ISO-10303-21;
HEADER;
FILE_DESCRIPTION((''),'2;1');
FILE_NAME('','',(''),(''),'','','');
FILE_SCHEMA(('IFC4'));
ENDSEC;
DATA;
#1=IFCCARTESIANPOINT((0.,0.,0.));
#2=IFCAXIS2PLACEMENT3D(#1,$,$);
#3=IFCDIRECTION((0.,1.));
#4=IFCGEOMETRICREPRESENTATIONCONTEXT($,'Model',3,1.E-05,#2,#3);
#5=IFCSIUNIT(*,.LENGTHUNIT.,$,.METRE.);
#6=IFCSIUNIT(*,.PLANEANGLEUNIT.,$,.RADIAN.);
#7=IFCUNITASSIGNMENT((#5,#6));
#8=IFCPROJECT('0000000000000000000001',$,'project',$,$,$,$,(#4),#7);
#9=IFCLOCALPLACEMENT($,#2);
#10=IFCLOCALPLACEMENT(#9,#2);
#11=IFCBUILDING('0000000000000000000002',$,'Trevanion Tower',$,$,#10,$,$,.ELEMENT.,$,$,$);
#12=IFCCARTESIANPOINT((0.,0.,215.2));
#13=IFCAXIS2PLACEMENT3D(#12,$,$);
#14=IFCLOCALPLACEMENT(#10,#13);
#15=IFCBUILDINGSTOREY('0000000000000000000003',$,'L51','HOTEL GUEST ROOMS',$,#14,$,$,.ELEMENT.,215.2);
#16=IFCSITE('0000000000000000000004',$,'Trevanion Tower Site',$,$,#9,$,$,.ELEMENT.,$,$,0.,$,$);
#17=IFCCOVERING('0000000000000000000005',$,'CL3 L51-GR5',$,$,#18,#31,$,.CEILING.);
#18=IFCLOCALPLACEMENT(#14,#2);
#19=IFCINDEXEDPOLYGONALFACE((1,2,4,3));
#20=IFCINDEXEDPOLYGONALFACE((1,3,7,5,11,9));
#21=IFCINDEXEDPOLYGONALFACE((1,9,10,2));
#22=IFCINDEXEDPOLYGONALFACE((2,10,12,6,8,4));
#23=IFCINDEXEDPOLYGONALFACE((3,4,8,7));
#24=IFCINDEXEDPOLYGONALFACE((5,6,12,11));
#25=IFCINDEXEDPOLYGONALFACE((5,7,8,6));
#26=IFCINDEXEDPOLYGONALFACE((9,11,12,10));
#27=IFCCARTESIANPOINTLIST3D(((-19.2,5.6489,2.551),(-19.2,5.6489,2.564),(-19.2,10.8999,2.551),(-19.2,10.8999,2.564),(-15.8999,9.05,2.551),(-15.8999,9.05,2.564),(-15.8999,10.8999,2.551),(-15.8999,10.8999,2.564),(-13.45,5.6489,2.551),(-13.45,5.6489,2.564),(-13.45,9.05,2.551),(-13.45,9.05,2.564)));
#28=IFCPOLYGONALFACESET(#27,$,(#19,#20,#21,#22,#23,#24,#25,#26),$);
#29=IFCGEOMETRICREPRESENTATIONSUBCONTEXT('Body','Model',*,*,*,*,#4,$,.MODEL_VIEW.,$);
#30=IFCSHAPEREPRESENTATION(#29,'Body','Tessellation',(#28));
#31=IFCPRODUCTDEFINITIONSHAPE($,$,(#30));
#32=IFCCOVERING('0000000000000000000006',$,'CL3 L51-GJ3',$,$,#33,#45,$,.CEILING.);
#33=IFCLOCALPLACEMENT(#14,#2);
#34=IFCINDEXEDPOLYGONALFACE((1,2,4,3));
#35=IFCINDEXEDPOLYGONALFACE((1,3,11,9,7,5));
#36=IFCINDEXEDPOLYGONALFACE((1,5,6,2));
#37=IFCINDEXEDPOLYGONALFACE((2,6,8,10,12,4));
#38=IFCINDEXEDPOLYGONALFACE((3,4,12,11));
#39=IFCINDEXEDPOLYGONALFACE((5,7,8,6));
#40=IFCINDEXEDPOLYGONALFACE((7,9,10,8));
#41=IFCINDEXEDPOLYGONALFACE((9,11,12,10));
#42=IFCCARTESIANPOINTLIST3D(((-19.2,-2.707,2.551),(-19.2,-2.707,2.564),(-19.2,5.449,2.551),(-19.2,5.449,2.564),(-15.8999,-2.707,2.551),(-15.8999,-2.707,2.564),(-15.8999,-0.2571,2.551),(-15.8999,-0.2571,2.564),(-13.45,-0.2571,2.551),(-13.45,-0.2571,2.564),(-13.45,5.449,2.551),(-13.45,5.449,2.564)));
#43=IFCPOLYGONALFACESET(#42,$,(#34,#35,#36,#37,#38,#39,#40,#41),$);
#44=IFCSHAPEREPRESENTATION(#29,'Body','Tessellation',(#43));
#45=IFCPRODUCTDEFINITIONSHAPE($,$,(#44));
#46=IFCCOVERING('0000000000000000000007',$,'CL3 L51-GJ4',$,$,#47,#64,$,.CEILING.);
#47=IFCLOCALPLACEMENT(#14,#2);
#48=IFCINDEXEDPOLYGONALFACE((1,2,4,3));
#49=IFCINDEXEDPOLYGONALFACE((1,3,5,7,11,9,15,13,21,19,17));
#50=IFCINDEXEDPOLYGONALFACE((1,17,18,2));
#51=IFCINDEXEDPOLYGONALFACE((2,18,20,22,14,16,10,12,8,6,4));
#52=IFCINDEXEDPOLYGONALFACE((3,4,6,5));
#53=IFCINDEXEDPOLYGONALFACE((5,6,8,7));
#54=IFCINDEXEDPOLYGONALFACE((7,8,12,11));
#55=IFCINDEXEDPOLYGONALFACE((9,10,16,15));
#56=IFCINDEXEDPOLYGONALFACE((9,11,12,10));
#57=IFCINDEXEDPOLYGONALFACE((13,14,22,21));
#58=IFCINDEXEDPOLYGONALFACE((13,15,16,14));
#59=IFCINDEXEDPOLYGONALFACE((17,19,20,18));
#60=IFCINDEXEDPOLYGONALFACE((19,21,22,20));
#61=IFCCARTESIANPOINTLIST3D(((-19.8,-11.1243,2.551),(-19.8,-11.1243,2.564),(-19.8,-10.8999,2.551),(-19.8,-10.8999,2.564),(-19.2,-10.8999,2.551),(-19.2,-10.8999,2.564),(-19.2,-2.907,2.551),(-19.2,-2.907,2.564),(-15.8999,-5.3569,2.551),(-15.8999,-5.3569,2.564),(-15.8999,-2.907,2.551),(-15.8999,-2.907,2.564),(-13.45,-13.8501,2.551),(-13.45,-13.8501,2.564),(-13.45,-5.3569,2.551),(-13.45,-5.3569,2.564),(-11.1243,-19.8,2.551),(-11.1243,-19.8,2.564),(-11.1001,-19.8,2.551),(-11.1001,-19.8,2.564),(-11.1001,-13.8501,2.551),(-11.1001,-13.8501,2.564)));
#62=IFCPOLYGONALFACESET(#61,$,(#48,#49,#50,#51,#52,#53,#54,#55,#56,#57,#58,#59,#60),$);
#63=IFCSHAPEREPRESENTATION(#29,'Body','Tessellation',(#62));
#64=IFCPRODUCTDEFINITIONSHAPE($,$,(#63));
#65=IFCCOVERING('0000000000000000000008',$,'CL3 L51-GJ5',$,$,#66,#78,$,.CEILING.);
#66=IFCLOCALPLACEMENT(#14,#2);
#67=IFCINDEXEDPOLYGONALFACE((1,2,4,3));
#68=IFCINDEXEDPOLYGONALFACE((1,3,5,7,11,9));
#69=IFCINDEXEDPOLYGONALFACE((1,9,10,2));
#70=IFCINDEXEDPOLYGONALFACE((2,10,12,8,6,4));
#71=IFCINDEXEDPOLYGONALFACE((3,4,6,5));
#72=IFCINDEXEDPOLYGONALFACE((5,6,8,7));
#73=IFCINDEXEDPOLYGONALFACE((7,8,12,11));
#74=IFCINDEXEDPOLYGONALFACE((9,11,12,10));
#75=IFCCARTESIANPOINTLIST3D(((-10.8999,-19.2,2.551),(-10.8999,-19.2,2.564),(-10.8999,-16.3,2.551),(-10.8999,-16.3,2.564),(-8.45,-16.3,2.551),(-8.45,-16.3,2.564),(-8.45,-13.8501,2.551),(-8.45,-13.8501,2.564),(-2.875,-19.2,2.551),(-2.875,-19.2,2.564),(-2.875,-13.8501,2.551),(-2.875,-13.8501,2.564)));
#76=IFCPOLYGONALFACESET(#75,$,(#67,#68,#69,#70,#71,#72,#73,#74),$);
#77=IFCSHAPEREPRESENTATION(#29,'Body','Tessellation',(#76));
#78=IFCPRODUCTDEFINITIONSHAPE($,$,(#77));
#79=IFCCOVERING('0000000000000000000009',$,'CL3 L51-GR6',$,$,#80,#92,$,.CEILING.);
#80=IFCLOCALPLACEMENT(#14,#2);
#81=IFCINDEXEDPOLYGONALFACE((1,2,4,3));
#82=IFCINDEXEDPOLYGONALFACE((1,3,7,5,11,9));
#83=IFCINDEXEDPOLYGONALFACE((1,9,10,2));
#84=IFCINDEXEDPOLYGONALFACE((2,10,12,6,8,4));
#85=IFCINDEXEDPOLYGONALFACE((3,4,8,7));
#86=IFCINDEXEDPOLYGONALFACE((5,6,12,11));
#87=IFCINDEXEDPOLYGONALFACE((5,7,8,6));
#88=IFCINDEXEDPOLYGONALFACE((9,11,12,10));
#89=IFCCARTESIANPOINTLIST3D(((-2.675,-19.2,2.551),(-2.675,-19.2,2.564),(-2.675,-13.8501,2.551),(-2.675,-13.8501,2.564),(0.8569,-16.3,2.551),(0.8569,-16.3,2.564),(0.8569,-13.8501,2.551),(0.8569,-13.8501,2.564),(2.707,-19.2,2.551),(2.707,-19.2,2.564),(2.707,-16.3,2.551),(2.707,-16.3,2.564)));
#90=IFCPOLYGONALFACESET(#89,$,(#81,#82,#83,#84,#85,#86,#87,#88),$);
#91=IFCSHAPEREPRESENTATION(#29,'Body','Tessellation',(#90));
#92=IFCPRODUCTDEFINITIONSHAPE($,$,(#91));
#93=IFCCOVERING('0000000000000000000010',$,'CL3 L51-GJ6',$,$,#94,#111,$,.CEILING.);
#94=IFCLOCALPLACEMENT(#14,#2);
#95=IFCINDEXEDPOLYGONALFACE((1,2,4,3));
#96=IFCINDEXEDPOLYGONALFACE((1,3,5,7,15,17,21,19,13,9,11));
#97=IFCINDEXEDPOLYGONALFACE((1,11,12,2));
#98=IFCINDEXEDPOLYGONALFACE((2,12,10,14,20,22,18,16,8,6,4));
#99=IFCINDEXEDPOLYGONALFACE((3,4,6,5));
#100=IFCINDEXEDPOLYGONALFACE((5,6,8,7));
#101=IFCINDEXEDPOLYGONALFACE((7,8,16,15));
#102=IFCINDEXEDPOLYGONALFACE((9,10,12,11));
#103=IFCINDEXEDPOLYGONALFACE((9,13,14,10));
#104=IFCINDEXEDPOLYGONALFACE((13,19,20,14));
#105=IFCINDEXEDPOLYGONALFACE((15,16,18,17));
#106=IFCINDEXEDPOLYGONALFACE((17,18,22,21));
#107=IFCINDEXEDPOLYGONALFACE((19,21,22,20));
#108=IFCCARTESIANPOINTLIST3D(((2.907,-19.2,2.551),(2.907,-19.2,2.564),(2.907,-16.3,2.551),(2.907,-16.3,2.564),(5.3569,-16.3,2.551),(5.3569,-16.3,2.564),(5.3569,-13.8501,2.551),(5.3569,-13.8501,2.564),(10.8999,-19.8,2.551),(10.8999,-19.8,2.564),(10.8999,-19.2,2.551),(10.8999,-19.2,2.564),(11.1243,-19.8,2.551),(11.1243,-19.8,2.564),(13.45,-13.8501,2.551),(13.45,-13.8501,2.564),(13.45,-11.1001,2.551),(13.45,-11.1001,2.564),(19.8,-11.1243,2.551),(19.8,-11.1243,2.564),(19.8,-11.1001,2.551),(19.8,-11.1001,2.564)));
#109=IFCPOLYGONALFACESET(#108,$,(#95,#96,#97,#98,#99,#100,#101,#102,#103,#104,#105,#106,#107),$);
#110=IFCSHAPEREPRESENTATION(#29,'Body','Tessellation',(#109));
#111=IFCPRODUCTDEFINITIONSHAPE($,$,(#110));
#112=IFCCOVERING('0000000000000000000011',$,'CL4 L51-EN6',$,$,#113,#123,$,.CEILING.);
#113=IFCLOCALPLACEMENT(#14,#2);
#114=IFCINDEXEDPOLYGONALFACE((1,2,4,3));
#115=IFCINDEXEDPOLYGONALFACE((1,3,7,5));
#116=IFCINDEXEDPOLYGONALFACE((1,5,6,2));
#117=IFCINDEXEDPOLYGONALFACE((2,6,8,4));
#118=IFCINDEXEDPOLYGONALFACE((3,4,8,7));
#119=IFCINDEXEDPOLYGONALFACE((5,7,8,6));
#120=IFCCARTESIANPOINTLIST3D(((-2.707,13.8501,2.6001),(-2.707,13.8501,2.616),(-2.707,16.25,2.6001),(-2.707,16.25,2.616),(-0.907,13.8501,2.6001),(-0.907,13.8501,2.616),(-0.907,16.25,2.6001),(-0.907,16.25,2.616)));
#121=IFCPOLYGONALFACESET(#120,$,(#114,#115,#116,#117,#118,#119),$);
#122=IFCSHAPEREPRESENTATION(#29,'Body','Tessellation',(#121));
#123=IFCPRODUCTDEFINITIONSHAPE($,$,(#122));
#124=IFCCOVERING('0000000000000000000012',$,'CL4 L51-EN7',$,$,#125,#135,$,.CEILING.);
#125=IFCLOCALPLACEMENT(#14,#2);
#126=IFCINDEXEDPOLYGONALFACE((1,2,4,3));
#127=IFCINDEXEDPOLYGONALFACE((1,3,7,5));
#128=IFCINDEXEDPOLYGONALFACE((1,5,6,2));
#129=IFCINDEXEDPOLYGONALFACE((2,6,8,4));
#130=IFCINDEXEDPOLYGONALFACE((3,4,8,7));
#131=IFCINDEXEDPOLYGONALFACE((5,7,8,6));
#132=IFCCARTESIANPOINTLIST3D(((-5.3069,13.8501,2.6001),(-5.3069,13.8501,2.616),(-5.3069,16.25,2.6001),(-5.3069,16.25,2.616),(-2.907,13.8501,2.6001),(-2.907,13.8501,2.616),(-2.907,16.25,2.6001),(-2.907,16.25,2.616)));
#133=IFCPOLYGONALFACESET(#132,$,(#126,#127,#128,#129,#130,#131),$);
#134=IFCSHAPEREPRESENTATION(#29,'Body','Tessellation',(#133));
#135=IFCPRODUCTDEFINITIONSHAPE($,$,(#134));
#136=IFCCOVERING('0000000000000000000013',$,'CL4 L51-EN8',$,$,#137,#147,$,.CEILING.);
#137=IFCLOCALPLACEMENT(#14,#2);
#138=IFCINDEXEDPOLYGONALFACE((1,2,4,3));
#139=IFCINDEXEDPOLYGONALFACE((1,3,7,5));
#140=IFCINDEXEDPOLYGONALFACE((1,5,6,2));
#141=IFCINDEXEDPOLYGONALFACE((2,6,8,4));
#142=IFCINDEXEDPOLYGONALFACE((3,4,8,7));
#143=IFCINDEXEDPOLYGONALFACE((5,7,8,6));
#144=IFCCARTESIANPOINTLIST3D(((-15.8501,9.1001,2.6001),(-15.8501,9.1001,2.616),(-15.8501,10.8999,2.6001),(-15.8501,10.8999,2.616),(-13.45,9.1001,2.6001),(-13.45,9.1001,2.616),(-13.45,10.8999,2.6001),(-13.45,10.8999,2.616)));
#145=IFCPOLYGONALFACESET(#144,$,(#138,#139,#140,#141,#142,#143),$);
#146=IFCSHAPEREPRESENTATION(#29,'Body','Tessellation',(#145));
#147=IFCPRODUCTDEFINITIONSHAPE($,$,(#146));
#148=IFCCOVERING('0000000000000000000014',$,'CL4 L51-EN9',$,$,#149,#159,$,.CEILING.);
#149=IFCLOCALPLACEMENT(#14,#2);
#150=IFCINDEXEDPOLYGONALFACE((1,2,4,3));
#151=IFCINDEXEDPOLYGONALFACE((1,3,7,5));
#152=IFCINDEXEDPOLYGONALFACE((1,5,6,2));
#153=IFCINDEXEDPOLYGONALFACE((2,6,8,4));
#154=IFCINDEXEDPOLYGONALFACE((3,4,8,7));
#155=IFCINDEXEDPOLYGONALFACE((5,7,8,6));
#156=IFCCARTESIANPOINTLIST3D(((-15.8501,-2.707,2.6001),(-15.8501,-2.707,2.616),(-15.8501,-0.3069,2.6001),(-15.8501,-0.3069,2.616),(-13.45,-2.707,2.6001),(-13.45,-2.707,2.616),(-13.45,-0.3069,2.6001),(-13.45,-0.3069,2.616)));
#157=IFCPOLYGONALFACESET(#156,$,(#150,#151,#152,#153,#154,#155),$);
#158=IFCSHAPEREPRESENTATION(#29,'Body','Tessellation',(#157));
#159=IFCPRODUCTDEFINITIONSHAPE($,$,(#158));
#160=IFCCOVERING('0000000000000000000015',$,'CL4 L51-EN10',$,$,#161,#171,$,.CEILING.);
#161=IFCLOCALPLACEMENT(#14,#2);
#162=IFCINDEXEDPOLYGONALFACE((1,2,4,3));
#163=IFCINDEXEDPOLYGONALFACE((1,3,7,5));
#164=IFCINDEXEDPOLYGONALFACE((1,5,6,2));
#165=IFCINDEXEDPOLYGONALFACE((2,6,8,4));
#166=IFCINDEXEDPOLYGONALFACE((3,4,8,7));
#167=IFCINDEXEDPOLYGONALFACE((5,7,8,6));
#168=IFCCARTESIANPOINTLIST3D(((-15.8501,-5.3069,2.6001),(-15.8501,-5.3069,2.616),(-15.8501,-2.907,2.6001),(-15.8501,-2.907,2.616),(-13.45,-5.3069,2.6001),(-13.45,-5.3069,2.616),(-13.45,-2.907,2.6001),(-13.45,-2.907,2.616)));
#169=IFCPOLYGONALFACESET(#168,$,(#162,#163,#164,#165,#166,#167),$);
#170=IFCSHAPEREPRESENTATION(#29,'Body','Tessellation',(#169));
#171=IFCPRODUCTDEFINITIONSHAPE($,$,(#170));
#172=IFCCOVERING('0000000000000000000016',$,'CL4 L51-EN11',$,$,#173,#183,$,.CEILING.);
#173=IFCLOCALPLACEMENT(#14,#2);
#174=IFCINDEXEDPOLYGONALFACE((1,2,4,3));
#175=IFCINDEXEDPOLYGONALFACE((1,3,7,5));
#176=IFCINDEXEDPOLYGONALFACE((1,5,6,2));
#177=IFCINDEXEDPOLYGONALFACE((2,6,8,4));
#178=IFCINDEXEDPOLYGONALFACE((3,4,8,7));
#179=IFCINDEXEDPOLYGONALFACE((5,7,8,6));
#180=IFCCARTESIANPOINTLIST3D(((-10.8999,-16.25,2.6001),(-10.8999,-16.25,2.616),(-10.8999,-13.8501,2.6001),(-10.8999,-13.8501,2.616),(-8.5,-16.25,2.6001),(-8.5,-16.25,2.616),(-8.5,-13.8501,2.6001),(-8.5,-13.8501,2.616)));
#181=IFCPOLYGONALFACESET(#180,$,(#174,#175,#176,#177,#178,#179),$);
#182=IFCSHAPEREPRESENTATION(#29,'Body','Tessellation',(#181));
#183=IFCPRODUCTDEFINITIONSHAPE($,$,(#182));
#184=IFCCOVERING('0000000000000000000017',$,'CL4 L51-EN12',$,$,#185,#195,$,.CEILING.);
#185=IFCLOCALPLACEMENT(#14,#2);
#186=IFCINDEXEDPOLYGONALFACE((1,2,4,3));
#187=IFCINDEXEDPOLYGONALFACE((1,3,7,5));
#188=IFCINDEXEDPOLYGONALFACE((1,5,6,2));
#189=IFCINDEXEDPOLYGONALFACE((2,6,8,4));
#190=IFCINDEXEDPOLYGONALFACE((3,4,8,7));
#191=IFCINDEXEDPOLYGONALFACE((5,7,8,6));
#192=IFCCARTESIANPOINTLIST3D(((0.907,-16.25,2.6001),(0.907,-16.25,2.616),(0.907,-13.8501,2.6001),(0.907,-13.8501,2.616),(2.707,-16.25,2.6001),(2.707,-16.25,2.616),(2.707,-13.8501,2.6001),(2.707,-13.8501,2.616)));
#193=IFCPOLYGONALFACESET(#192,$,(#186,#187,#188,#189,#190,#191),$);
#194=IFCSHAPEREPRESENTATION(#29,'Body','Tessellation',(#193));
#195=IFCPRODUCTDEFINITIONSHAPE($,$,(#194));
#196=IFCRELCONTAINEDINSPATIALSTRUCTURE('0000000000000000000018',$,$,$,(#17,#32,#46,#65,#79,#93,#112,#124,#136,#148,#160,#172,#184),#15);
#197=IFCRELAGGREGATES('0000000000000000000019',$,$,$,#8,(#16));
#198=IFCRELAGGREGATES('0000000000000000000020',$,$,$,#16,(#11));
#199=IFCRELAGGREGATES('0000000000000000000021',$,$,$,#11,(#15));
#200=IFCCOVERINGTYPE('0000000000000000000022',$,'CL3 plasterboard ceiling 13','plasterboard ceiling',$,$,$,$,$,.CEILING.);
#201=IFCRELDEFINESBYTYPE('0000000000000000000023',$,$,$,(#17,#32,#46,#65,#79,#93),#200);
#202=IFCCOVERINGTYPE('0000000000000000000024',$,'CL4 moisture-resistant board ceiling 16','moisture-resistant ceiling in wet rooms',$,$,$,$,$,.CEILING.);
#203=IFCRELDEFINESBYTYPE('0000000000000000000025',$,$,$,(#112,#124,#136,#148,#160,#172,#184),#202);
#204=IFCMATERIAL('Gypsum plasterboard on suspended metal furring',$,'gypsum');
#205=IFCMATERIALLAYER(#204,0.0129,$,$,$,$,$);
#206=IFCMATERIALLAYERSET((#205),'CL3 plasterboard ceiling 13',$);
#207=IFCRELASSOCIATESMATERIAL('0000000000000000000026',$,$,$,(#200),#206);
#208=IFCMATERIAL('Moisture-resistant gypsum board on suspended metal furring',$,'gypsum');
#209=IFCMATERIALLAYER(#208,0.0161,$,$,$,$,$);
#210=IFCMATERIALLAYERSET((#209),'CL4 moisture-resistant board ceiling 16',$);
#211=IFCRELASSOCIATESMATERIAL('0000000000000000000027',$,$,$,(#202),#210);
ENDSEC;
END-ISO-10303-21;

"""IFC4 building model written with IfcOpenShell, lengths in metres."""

from ifc_helpers import new_model, si_unit, direction, frame, origin, place, context, subcontext, project, spatial, polyline, outline, extrude, material, layer, layer_set, type_object, element, save


model = new_model("IFC4")

# Units and contexts
model_context = context("Model", 3, precision=1e-05, world=origin(), true_north=direction((0.0, 1.0)))
body_context = subcontext(model_context, "Body", "Model", "MODEL_VIEW")
ifc_project = project(units=[si_unit("LENGTHUNIT", "METRE"), si_unit("PLANEANGLEUNIT", "RADIAN")], contexts=[model_context])

# Site, building, storey
site_placement = place(None, origin())
site = spatial("IfcSite", under=ifc_project, at=site_placement, Name="Trevanion Tower Site", CompositionType="ELEMENT", RefElevation=0.0)
building_placement = place(site_placement, origin())
building = spatial("IfcBuilding", under=site, at=building_placement, Name="Trevanion Tower", CompositionType="ELEMENT")
storey_placement = place(building_placement, frame((0.0, 0.0, 215.2)))
storey = spatial("IfcBuildingStorey", under=building, at=storey_placement, Name="L51", Description="HOTEL GUEST ROOMS", CompositionType="ELEMENT", Elevation=215.2)

# Coverings
ifc_material_1 = material(Name="Gypsum plasterboard on suspended metal furring", Category="gypsum")
ifc_layer_1 = layer(ifc_material_1, 0.0129)
ifc_layer_set_1 = layer_set([ifc_layer_1], Name="CL3 plasterboard ceiling 13")
covering_type_1 = type_object("IfcCoveringType", Name="CL3 plasterboard ceiling 13", Description="plasterboard ceiling", PredefinedType="CEILING", material=ifc_layer_set_1)
covering_1_placement = place(storey_placement, frame((0.0, 0.0, 2.551)))
element("IfcCovering", 1, at=covering_1_placement, inside=storey, type_object=covering_type_1, Name="CL3 L51-GR5", PredefinedType="CEILING", context=body_context, shape_type="SweptSolid", body=[
    extrude(outline(polyline([(-13.45, 5.6489), (-19.2, 5.6489), (-19.2, 10.8999), (-15.8999, 10.8999), (-15.8999, 9.05), (-13.45, 9.05), (-13.45, 5.6489)])), origin(), (0.0, 0.0, 1.0), 0.0129),
])
covering_2_placement = place(storey_placement, frame((0.0, 0.0, 2.551)))
element("IfcCovering", 2, at=covering_2_placement, inside=storey, type_object=covering_type_1, Name="CL3 L51-GJ3", PredefinedType="CEILING", context=body_context, shape_type="SweptSolid", body=[
    extrude(outline(polyline([(-13.45, -0.2571), (-15.8999, -0.2571), (-15.8999, -2.707), (-19.2, -2.707), (-19.2, 5.449), (-13.45, 5.449), (-13.45, -0.2571)])), origin(), (0.0, 0.0, 1.0), 0.0129),
])
covering_3_placement = place(storey_placement, frame((0.0, 0.0, 2.551)))
element("IfcCovering", 3, at=covering_3_placement, inside=storey, type_object=covering_type_1, Name="CL3 L51-GJ4", PredefinedType="CEILING", context=body_context, shape_type="SweptSolid", body=[
    extrude(outline(polyline([(-11.1001, -13.8501), (-11.1001, -19.8), (-11.1243, -19.8), (-19.8, -11.1243), (-19.8, -10.8999), (-19.2, -10.8999), (-19.2, -2.907), (-15.8999, -2.907), (-15.8999, -5.3569), (-13.45, -5.3569), (-13.45, -13.8501), (-11.1001, -13.8501)])), origin(), (0.0, 0.0, 1.0), 0.0129),
])
covering_4_placement = place(storey_placement, frame((0.0, 0.0, 2.551)))
element("IfcCovering", 4, at=covering_4_placement, inside=storey, type_object=covering_type_1, Name="CL3 L51-GJ5", PredefinedType="CEILING", context=body_context, shape_type="SweptSolid", body=[
    extrude(outline(polyline([(-2.875, -13.8501), (-2.875, -19.2), (-10.8999, -19.2), (-10.8999, -16.3), (-8.45, -16.3), (-8.45, -13.8501), (-2.875, -13.8501)])), origin(), (0.0, 0.0, 1.0), 0.0129),
])
covering_5_placement = place(storey_placement, frame((0.0, 0.0, 2.551)))
element("IfcCovering", 5, at=covering_5_placement, inside=storey, type_object=covering_type_1, Name="CL3 L51-GR6", PredefinedType="CEILING", context=body_context, shape_type="SweptSolid", body=[
    extrude(outline(polyline([(0.8569, -13.8501), (0.8569, -16.3), (2.707, -16.3), (2.707, -19.2), (-2.675, -19.2), (-2.675, -13.8501), (0.8569, -13.8501)])), origin(), (0.0, 0.0, 1.0), 0.0129),
])
covering_6_placement = place(storey_placement, frame((0.0, 0.0, 2.551)))
element("IfcCovering", 6, at=covering_6_placement, inside=storey, type_object=covering_type_1, Name="CL3 L51-GJ6", PredefinedType="CEILING", context=body_context, shape_type="SweptSolid", body=[
    extrude(outline(polyline([(13.45, -11.1001), (19.8, -11.1001), (19.8, -11.1243), (11.1243, -19.8), (10.8999, -19.8), (10.8999, -19.2), (2.907, -19.2), (2.907, -16.3), (5.3569, -16.3), (5.3569, -13.8501), (13.45, -13.8501), (13.45, -11.1001)])), origin(), (0.0, 0.0, 1.0), 0.0129),
])
ifc_material_2 = material(Name="Moisture-resistant gypsum board on suspended metal furring", Category="gypsum")
ifc_layer_2 = layer(ifc_material_2, 0.0161)
ifc_layer_set_2 = layer_set([ifc_layer_2], Name="CL4 moisture-resistant board ceiling 16")
covering_type_2 = type_object("IfcCoveringType", Name="CL4 moisture-resistant board ceiling 16", Description="moisture-resistant ceiling in wet rooms", PredefinedType="CEILING", material=ifc_layer_set_2)
covering_7_placement = place(storey_placement, frame((0.0, 0.0, 2.6001)))
element("IfcCovering", 7, at=covering_7_placement, inside=storey, type_object=covering_type_2, Name="CL4 L51-EN6", PredefinedType="CEILING", context=body_context, shape_type="SweptSolid", body=[
    extrude(outline(polyline([(-0.907, 16.25), (-2.707, 16.25), (-2.707, 13.8501), (-0.907, 13.8501), (-0.907, 16.25)])), origin(), (0.0, 0.0, 1.0), 0.0159),
])
covering_8_placement = place(storey_placement, frame((0.0, 0.0, 2.6001)))
element("IfcCovering", 8, at=covering_8_placement, inside=storey, type_object=covering_type_2, Name="CL4 L51-EN7", PredefinedType="CEILING", context=body_context, shape_type="SweptSolid", body=[
    extrude(outline(polyline([(-2.907, 16.25), (-5.3069, 16.25), (-5.3069, 13.8501), (-2.907, 13.8501), (-2.907, 16.25)])), origin(), (0.0, 0.0, 1.0), 0.0159),
])
covering_9_placement = place(storey_placement, frame((0.0, 0.0, 2.6001)))
element("IfcCovering", 9, at=covering_9_placement, inside=storey, type_object=covering_type_2, Name="CL4 L51-EN8", PredefinedType="CEILING", context=body_context, shape_type="SweptSolid", body=[
    extrude(outline(polyline([(-15.8501, 10.8999), (-15.8501, 9.1001), (-13.45, 9.1001), (-13.45, 10.8999), (-15.8501, 10.8999)])), origin(), (0.0, 0.0, 1.0), 0.0159),
])
covering_10_placement = place(storey_placement, frame((0.0, 0.0, 2.6001)))
element("IfcCovering", 10, at=covering_10_placement, inside=storey, type_object=covering_type_2, Name="CL4 L51-EN9", PredefinedType="CEILING", context=body_context, shape_type="SweptSolid", body=[
    extrude(outline(polyline([(-15.8501, -0.3069), (-15.8501, -2.707), (-13.45, -2.707), (-13.45, -0.3069), (-15.8501, -0.3069)])), origin(), (0.0, 0.0, 1.0), 0.0159),
])
covering_11_placement = place(storey_placement, frame((0.0, 0.0, 2.6001)))
element("IfcCovering", 11, at=covering_11_placement, inside=storey, type_object=covering_type_2, Name="CL4 L51-EN10", PredefinedType="CEILING", context=body_context, shape_type="SweptSolid", body=[
    extrude(outline(polyline([(-15.8501, -2.907), (-15.8501, -5.3069), (-13.45, -5.3069), (-13.45, -2.907), (-15.8501, -2.907)])), origin(), (0.0, 0.0, 1.0), 0.0159),
])
covering_12_placement = place(storey_placement, frame((0.0, 0.0, 2.6001)))
element("IfcCovering", 12, at=covering_12_placement, inside=storey, type_object=covering_type_2, Name="CL4 L51-EN11", PredefinedType="CEILING", context=body_context, shape_type="SweptSolid", body=[
    extrude(outline(polyline([(-10.8999, -16.25), (-8.5, -16.25), (-8.5, -13.8501), (-10.8999, -13.8501), (-10.8999, -16.25)])), origin(), (0.0, 0.0, 1.0), 0.0159),
])
covering_13_placement = place(storey_placement, frame((0.0, 0.0, 2.6001)))
element("IfcCovering", 13, at=covering_13_placement, inside=storey, type_object=covering_type_2, Name="CL4 L51-EN12", PredefinedType="CEILING", context=body_context, shape_type="SweptSolid", body=[
    extrude(outline(polyline([(0.907, -16.25), (2.707, -16.25), (2.707, -13.8501), (0.907, -13.8501), (0.907, -16.25)])), origin(), (0.0, 0.0, 1.0), 0.0159),
])

save(model, "model.ifc")
